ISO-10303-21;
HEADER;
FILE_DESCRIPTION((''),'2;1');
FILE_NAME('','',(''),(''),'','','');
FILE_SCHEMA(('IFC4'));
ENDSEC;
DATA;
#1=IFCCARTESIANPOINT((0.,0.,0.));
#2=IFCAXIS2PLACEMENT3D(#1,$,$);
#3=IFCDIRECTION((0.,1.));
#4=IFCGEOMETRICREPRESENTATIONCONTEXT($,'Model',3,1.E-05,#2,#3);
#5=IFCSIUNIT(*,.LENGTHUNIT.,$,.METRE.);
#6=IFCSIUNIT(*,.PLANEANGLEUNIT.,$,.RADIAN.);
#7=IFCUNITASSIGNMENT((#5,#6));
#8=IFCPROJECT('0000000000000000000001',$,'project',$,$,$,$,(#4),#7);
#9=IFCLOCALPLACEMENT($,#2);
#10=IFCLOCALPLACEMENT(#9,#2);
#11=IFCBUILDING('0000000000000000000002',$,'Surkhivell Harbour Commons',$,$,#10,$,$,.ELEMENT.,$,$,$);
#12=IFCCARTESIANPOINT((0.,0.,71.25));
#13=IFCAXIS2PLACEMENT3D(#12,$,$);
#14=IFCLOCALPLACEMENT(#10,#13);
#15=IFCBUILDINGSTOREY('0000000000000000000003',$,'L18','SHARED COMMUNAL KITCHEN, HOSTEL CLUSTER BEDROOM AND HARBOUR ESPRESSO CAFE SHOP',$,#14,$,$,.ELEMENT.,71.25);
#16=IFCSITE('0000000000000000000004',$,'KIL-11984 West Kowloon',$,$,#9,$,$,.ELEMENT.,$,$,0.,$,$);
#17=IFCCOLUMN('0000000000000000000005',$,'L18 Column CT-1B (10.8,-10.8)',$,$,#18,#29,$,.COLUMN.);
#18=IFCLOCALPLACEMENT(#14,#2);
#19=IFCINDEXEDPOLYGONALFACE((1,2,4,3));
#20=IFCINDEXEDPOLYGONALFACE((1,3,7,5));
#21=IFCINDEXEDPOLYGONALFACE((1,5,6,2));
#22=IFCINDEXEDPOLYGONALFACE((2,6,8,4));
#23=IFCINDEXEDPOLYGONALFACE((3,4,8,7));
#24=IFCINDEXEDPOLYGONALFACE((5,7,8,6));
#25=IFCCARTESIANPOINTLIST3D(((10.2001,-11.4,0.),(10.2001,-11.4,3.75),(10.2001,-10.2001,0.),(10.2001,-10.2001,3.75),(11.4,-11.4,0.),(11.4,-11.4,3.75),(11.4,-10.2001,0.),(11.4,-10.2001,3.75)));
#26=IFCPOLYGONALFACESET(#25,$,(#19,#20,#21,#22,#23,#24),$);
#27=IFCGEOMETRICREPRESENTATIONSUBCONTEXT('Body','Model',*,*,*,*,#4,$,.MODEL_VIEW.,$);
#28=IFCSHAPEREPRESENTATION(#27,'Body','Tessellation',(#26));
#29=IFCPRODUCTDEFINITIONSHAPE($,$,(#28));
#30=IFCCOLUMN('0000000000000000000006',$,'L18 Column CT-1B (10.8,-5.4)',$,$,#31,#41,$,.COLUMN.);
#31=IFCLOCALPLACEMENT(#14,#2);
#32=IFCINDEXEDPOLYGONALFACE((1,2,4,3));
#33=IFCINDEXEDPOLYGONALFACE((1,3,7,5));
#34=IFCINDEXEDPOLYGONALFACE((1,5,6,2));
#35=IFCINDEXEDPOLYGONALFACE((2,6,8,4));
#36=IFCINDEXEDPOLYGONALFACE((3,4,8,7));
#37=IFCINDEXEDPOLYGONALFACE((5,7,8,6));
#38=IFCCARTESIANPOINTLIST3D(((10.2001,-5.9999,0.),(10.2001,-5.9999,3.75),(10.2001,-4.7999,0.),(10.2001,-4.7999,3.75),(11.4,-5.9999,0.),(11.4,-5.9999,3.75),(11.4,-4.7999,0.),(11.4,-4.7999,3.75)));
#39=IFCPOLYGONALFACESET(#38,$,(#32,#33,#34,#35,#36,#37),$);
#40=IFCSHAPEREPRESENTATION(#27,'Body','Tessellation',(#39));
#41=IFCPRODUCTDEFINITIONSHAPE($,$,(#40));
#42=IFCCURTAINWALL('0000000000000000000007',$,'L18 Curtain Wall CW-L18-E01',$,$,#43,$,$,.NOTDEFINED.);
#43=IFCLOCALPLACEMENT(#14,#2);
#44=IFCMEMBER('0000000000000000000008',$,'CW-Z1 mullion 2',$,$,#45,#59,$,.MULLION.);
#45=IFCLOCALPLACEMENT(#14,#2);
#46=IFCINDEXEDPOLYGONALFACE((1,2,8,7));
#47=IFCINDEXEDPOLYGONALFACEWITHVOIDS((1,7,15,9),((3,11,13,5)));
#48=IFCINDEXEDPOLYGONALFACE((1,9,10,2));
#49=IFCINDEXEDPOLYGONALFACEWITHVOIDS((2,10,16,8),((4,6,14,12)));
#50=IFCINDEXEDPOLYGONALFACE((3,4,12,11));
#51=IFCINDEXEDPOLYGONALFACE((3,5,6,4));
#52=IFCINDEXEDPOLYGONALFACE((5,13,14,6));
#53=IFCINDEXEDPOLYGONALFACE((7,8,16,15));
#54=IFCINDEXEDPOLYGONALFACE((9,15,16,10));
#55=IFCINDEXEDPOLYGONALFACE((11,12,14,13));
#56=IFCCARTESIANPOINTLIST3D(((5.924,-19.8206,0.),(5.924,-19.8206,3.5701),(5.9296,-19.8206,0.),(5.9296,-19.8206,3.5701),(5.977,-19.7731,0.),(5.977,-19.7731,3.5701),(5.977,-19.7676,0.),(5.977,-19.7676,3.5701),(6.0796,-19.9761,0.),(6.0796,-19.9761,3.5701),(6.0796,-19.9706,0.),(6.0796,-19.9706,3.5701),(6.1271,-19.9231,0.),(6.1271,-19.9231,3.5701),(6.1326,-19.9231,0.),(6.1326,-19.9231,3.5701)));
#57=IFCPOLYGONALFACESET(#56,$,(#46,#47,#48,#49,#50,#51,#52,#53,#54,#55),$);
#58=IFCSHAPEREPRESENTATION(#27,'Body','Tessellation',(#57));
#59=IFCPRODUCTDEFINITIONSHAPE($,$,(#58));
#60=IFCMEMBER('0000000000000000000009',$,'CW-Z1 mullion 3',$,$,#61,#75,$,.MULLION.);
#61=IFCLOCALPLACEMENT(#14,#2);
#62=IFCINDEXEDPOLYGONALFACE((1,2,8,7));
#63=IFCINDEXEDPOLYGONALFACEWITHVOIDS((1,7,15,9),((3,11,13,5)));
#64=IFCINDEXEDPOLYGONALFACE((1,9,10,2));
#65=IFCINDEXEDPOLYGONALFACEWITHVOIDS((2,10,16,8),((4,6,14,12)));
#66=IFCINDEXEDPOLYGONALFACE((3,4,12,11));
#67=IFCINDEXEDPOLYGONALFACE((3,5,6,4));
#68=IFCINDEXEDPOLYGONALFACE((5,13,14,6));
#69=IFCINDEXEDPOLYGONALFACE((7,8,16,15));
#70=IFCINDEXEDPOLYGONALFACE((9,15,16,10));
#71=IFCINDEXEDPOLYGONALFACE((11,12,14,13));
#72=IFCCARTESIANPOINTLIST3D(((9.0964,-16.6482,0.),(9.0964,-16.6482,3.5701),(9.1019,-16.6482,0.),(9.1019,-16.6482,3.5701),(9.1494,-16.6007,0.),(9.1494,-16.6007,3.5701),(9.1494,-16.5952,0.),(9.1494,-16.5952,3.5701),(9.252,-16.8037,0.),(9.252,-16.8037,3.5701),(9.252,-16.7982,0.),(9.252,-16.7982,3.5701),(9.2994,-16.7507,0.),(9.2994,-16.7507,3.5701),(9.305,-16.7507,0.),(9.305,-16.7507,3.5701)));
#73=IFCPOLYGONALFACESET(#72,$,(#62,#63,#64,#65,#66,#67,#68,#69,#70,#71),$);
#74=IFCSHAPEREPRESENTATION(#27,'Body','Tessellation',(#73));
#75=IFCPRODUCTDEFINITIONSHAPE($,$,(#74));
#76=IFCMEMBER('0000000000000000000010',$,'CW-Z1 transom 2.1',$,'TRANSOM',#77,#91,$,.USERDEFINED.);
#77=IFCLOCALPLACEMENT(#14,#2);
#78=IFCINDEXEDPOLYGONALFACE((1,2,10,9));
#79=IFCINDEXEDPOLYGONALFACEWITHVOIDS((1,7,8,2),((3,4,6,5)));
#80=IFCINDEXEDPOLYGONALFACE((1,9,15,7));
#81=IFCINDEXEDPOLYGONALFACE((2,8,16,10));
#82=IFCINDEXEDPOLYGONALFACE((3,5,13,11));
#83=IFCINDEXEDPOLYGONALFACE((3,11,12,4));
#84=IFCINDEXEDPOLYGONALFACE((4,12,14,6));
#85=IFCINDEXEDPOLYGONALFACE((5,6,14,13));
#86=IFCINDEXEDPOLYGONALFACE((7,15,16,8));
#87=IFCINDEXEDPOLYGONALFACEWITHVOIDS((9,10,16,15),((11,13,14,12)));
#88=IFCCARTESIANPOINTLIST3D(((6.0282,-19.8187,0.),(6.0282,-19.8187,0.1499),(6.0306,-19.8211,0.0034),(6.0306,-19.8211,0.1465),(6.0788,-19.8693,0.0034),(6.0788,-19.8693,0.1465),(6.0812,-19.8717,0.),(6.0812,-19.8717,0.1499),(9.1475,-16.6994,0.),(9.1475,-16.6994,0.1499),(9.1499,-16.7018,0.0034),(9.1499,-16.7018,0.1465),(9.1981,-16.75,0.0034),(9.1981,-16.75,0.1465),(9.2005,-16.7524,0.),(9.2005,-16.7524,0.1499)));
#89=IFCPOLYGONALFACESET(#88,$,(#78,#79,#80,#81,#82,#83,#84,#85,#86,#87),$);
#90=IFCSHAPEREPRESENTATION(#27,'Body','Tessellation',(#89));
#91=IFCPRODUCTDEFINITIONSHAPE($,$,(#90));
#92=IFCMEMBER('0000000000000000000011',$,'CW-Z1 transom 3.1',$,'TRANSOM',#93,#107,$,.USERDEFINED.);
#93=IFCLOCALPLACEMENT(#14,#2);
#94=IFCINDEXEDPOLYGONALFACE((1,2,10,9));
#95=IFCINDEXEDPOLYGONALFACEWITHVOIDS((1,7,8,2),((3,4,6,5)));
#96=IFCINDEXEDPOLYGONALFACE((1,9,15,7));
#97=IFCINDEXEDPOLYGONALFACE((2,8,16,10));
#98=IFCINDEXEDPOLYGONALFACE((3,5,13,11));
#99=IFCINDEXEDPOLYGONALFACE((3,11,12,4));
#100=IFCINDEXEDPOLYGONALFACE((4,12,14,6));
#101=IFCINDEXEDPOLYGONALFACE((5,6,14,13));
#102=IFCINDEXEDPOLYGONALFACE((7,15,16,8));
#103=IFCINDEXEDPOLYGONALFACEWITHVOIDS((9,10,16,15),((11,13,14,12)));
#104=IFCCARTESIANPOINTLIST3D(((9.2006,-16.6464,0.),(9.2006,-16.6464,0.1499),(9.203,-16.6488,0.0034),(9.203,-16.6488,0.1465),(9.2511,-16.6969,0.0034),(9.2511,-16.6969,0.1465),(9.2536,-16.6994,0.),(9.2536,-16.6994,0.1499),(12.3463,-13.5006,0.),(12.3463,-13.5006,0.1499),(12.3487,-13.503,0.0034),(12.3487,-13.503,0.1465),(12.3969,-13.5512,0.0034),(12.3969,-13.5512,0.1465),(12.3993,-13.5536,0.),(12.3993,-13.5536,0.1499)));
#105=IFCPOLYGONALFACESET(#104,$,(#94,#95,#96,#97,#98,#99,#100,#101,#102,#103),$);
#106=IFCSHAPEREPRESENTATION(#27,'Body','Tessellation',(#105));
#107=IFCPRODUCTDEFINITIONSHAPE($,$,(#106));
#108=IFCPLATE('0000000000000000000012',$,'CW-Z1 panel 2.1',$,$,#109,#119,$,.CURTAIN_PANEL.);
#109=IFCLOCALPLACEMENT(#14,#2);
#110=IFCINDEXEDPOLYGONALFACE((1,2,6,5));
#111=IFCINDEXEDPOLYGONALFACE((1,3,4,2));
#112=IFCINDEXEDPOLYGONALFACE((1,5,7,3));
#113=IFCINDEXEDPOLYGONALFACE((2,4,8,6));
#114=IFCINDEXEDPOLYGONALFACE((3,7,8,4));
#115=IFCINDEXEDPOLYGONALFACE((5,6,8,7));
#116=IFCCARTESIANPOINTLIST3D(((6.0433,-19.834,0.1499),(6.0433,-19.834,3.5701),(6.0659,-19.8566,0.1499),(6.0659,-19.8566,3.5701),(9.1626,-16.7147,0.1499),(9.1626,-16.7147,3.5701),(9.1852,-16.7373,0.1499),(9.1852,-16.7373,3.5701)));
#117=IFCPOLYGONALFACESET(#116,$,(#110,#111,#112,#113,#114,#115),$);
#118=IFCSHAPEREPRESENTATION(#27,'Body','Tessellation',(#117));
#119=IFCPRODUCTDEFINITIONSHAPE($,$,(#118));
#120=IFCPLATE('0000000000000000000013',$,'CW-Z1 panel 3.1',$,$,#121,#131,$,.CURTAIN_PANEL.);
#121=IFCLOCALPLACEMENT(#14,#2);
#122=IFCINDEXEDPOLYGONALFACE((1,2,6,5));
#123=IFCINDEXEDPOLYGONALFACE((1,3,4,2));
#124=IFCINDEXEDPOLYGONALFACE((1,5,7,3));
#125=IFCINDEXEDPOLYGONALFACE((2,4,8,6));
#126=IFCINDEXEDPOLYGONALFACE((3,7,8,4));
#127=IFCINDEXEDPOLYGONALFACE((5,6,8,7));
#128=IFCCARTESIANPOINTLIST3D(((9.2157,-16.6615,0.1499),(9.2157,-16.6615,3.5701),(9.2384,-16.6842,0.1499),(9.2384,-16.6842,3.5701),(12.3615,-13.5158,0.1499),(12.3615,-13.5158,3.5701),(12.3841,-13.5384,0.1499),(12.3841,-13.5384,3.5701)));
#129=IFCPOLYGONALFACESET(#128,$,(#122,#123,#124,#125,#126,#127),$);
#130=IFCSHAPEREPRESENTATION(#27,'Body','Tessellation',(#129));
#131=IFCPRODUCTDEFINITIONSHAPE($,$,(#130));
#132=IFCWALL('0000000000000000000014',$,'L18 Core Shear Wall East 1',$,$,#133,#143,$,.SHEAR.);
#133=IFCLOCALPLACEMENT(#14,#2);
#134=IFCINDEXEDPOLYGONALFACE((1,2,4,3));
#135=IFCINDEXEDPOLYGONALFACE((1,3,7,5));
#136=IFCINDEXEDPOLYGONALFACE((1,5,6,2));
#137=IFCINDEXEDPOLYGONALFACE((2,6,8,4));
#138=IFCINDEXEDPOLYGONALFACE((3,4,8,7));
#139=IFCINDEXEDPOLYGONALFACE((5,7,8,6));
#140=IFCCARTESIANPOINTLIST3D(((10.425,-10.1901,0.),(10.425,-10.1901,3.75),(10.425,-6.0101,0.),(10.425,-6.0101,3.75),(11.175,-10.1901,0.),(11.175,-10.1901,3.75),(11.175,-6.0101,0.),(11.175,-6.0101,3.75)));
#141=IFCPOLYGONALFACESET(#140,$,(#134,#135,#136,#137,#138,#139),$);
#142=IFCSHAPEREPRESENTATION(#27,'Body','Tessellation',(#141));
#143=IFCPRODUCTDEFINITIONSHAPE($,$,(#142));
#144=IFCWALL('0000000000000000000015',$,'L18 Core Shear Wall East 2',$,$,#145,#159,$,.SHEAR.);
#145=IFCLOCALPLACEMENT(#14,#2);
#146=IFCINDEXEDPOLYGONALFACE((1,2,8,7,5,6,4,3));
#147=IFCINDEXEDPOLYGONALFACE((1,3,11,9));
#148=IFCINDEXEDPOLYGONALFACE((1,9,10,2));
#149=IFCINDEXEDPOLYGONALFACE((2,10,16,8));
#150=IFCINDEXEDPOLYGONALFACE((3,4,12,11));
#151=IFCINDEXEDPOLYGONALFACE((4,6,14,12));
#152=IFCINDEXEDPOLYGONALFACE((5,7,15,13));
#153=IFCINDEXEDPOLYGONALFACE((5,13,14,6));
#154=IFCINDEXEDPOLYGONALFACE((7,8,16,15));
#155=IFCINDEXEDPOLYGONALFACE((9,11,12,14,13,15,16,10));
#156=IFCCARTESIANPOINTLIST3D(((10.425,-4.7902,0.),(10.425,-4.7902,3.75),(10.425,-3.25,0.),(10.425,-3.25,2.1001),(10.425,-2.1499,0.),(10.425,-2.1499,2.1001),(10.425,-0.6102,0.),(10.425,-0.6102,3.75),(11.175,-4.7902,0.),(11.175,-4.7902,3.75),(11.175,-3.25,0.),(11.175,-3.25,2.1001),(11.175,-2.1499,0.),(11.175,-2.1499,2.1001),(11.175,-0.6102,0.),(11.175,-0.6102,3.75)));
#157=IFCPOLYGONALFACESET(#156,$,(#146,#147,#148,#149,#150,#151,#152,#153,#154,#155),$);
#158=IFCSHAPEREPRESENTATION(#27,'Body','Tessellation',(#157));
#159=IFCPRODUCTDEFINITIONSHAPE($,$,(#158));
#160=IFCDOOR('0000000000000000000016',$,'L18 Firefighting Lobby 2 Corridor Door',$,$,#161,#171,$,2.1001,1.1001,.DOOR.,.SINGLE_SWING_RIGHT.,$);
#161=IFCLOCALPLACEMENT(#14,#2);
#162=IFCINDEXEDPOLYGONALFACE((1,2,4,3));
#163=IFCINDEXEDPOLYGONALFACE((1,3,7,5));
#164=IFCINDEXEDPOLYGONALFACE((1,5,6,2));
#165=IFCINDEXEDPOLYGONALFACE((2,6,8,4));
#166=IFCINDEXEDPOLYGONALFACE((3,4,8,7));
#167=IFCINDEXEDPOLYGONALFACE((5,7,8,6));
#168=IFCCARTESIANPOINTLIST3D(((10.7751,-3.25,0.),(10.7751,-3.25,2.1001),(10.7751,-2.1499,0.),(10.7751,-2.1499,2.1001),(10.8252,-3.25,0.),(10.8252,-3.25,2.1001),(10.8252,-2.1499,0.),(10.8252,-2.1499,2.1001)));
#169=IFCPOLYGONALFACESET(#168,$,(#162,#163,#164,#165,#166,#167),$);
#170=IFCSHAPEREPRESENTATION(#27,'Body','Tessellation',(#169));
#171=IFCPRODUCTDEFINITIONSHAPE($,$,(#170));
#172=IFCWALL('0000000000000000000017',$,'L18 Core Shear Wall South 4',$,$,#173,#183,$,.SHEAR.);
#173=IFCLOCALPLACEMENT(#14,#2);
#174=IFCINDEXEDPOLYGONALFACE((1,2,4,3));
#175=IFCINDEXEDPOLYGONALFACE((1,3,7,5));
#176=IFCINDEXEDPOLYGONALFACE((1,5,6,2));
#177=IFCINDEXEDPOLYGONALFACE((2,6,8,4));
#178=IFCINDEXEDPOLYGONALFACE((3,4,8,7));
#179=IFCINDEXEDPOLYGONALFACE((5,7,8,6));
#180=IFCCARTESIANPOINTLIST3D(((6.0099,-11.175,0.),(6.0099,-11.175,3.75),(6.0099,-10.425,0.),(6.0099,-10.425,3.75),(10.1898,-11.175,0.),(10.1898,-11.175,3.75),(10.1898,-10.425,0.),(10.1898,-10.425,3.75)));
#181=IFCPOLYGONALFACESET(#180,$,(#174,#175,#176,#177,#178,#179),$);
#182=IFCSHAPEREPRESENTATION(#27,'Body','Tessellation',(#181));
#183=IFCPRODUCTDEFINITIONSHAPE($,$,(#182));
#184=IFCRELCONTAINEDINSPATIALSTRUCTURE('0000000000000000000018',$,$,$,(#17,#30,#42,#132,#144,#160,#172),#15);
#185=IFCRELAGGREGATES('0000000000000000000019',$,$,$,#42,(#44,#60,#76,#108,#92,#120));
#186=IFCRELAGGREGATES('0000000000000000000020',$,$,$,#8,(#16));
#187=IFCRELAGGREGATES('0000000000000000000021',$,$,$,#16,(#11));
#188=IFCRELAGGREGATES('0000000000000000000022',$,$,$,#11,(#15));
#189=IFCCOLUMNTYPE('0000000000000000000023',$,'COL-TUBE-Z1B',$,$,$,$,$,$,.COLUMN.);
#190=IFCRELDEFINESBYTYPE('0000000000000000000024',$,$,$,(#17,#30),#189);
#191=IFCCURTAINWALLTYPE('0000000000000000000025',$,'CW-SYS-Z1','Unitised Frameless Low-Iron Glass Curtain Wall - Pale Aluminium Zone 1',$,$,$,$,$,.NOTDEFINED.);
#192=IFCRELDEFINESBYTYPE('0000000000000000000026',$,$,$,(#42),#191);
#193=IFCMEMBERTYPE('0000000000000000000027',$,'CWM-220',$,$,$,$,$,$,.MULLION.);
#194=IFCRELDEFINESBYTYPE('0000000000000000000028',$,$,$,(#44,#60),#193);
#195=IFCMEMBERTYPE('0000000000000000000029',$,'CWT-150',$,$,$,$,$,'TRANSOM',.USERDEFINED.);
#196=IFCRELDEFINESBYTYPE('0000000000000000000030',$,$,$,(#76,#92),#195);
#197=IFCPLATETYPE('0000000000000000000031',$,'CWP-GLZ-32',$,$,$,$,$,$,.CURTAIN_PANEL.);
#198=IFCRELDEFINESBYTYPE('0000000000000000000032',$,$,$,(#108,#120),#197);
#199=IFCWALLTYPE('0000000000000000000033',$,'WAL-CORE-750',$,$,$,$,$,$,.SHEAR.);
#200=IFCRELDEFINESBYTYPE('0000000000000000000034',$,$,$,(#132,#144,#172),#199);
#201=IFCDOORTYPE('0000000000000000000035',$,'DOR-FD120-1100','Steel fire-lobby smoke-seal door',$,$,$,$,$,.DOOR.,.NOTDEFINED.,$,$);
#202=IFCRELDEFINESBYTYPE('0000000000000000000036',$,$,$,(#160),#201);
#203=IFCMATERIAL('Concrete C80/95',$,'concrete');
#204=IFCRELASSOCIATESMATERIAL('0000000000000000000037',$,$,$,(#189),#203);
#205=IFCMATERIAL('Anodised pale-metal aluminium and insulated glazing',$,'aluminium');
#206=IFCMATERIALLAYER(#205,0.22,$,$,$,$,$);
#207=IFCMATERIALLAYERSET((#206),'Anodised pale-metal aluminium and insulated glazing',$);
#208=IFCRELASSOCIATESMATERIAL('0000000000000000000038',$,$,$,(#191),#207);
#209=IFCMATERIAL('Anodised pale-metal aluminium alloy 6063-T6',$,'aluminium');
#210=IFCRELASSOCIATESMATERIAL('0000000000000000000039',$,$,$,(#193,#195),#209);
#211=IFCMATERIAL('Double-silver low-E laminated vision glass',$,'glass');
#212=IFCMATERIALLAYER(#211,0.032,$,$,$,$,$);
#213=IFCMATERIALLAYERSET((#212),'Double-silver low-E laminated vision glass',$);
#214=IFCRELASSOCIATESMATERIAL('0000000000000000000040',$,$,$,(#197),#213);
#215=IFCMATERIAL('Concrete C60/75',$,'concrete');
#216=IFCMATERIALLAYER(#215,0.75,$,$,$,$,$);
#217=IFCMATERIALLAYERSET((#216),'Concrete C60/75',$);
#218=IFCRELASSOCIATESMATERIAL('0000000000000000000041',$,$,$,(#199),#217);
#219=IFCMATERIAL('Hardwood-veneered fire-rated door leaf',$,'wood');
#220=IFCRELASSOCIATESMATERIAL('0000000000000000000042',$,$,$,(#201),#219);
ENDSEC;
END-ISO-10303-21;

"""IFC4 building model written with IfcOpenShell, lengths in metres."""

from ifc_helpers import new_model, si_unit, direction, frame, frame_2d, origin, origin_2d, place, context, subcontext, project, spatial, rectangle, hollow_rectangle, extrude, material, layer, layer_set, material_profile, profile_set, type_object, element, fill, aggregate, save


model = new_model("IFC4")

# Units and contexts
model_context = context("Model", 3, precision=1e-05, world=origin(), true_north=direction((0.0, 1.0)))
body_context = subcontext(model_context, "Body", "Model", "MODEL_VIEW")
ifc_project = project(units=[si_unit("LENGTHUNIT", "METRE"), si_unit("PLANEANGLEUNIT", "RADIAN")], contexts=[model_context])

# Site, building, storey
site_placement = place(None, origin())
site = spatial("IfcSite", under=ifc_project, at=site_placement, Name="KIL-11984 West Kowloon", CompositionType="ELEMENT", RefElevation=0.0)
building_placement = place(site_placement, origin())
building = spatial("IfcBuilding", under=site, at=building_placement, Name="Surkhivell Harbour Commons", CompositionType="ELEMENT")
storey_placement = place(building_placement, frame((0.0, 0.0, 71.25)))
storey = spatial("IfcBuildingStorey", under=building, at=storey_placement, Name="L18", Description="SHARED COMMUNAL KITCHEN, HOSTEL CLUSTER BEDROOM AND HARBOUR ESPRESSO CAFE SHOP", CompositionType="ELEMENT", Elevation=71.25)

# Columns
ifc_material_1 = material(Name="Concrete C80/95", Category="concrete")
ifc_material_profile_1 = material_profile(ifc_material_1, rectangle(XDim=1.2, YDim=1.2, at=origin_2d()), Name="RC-COL-1200x1200")
ifc_profile_set_1 = profile_set([ifc_material_profile_1], Name="Concrete C80/95")
column_type = type_object("IfcColumnType", Name="COL-TUBE-Z1B", PredefinedType="COLUMN", material=ifc_profile_set_1)
for number, where, z_axis, x_axis, name in (
    (1, (10.8, -10.8, 0.0), (0.0, 0.0, 1.0), (1.0, 0.0, 0.0), "L18 Column CT-1B (10.8,-10.8)"),
    (2, (10.8, -5.3999, 0.0), (0.0, 0.0, 1.0), (1.0, 0.0, 0.0), "L18 Column CT-1B (10.8,-5.4)"),
):
    element("IfcColumn", number, at=place(storey_placement, frame(where, z_axis=z_axis, x_axis=x_axis)), inside=storey, type_object=column_type, Name=name, PredefinedType="COLUMN", context=body_context, shape_type="SweptSolid", body=[
        extrude(rectangle(XDim=1.2, YDim=1.2, at=origin_2d()), origin(), (0.0, 0.0, 1.0), 3.75),
    ])

# Curtain wall, members, plates
ifc_material_2 = material(Name="Anodised pale-metal aluminium and insulated glazing", Category="aluminium")
ifc_layer_1 = layer(ifc_material_2, 0.22)
ifc_layer_set_1 = layer_set([ifc_layer_1], Name="Anodised pale-metal aluminium and insulated glazing")
curtain_wall_type = type_object("IfcCurtainWallType", Name="CW-SYS-Z1", Description="Unitised Frameless Low-Iron Glass Curtain Wall - Pale Aluminium Zone 1", PredefinedType="NOTDEFINED", material=ifc_layer_set_1)
curtain_wall_placement = place(storey_placement, origin())
curtain_wall = element("IfcCurtainWall", 3, at=curtain_wall_placement, inside=storey, type_object=curtain_wall_type, Name="L18 Curtain Wall CW-L18-E01", PredefinedType="NOTDEFINED")
ifc_material_3 = material(Name="Anodised pale-metal aluminium alloy 6063-T6", Category="aluminium")
ifc_material_profile_2 = material_profile(ifc_material_3, hollow_rectangle(XDim=0.075, YDim=0.22, WallThickness=0.0039, at=origin_2d()), Name="ALU-MULL-75x220")
ifc_profile_set_2 = profile_set([ifc_material_profile_2], Name="Anodised pale-metal aluminium alloy 6063-T6")
member_type_1 = type_object("IfcMemberType", Name="CWM-220", PredefinedType="MULLION", material=ifc_profile_set_2)
member_1_placement = place(storey_placement, frame((6.0283, -19.8718, 0.0), z_axis=(0.0, 0.0, 1.0), x_axis=(0.707107, 0.707107, 0.0)))
member_1 = element("IfcMember", 4, at=member_1_placement, type_object=member_type_1, Name="CW-Z1 mullion 2", PredefinedType="MULLION", context=body_context, shape_type="SweptSolid", body=[
    extrude(hollow_rectangle(XDim=0.075, YDim=0.22, WallThickness=0.0039, at=origin_2d()), origin(), (0.0, 0.0, 1.0), 3.5701),
])
member_2_placement = place(storey_placement, frame((9.2007, -16.6995, 0.0), z_axis=(0.0, 0.0, 1.0), x_axis=(0.707107, 0.707107, 0.0)))
member_2 = element("IfcMember", 5, at=member_2_placement, type_object=member_type_1, Name="CW-Z1 mullion 3", PredefinedType="MULLION", context=body_context, shape_type="SweptSolid", body=[
    extrude(hollow_rectangle(XDim=0.075, YDim=0.22, WallThickness=0.0039, at=origin_2d()), origin(), (0.0, 0.0, 1.0), 3.5701),
])
ifc_material_profile_3 = material_profile(ifc_material_3, hollow_rectangle(XDim=0.075, YDim=0.1499, WallThickness=0.0034, at=origin_2d()), Name="ALU-TRAN-75x150")
ifc_profile_set_3 = profile_set([ifc_material_profile_3], Name="Anodised pale-metal aluminium alloy 6063-T6")
member_type_2 = type_object("IfcMemberType", Name="CWT-150", ElementType="TRANSOM", PredefinedType="USERDEFINED", material=ifc_profile_set_3)
member_3_placement = place(storey_placement, frame((6.0547, -19.8452, 0.075), z_axis=(0.707107, 0.707107, 0.0), x_axis=(-0.707107, 0.707107, 0.0)))
member_3 = element("IfcMember", 6, at=member_3_placement, type_object=member_type_2, Name="CW-Z1 transom 2.1", ObjectType="TRANSOM", PredefinedType="USERDEFINED", context=body_context, shape_type="SweptSolid", body=[
    extrude(hollow_rectangle(XDim=0.075, YDim=0.1499, WallThickness=0.0034, at=origin_2d()), origin(), (0.0, 0.0, 1.0), 4.4114),
])
member_4_placement = place(storey_placement, frame((9.2271, -16.6729, 0.075), z_axis=(0.707107, 0.707107, 0.0), x_axis=(-0.707107, 0.707107, 0.0)))
member_4 = element("IfcMember", 7, at=member_4_placement, type_object=member_type_2, Name="CW-Z1 transom 3.1", ObjectType="TRANSOM", PredefinedType="USERDEFINED", context=body_context, shape_type="SweptSolid", body=[
    extrude(hollow_rectangle(XDim=0.075, YDim=0.1499, WallThickness=0.0034, at=origin_2d()), origin(), (0.0, 0.0, 1.0), 4.4487),
])
ifc_material_4 = material(Name="Double-silver low-E laminated vision glass", Category="glass")
ifc_layer_2 = layer(ifc_material_4, 0.032)
ifc_layer_set_2 = layer_set([ifc_layer_2], Name="Double-silver low-E laminated vision glass")
plate_type = type_object("IfcPlateType", Name="CWP-GLZ-32", PredefinedType="CURTAIN_PANEL", material=ifc_layer_set_2)
plate_1_placement = place(storey_placement, frame((6.0547, -19.8452, 0.1499), z_axis=(0.0, 0.0, 1.0), x_axis=(0.707107, 0.707107, 0.0)))
plate_1 = element("IfcPlate", 8, at=plate_1_placement, type_object=plate_type, Name="CW-Z1 panel 2.1", PredefinedType="CURTAIN_PANEL", context=body_context, shape_type="SweptSolid", body=[
    extrude(rectangle(XDim=4.4114, YDim=0.032, at=frame_2d((2.2056, 0.0))), origin(), (0.0, 0.0, 1.0), 3.4202),
])
plate_2_placement = place(storey_placement, frame((9.2271, -16.6729, 0.1499), z_axis=(0.0, 0.0, 1.0), x_axis=(0.707107, 0.707107, 0.0)))
plate_2 = element("IfcPlate", 9, at=plate_2_placement, type_object=plate_type, Name="CW-Z1 panel 3.1", PredefinedType="CURTAIN_PANEL", context=body_context, shape_type="SweptSolid", body=[
    extrude(rectangle(XDim=4.4487, YDim=0.032, at=frame_2d((2.2244, 0.0))), origin(), (0.0, 0.0, 1.0), 3.4202),
])
aggregate(curtain_wall, [member_1, member_2, member_3, plate_1, member_4, plate_2])

# Wall
ifc_material_5 = material(Name="Concrete C60/75", Category="concrete")
ifc_layer_3 = layer(ifc_material_5, 0.75)
ifc_layer_set_3 = layer_set([ifc_layer_3], Name="Concrete C60/75")
wall_type_1 = type_object("IfcWallType", Name="WAL-CORE-750", PredefinedType="SHEAR", material=ifc_layer_set_3)
wall_1_placement = place(storey_placement, frame((10.8, -10.1899, 0.0), z_axis=(0.0, 0.0, 1.0), x_axis=(0.0, 1.0, 0.0)))
element("IfcWall", 10, at=wall_1_placement, inside=storey, type_object=wall_type_1, Name="L18 Core Shear Wall East 1", PredefinedType="SHEAR", context=body_context, shape_type="SweptSolid", body=[
    extrude(rectangle(XDim=4.1799, YDim=0.75, at=frame_2d((2.0898, 0.0))), origin(), (0.0, 0.0, 1.0), 3.75),
])

# Wall, opening, door
wall_2_placement = place(storey_placement, frame((10.8, -4.79, 0.0), z_axis=(0.0, 0.0, 1.0), x_axis=(0.0, 1.0, 0.0)))
wall_2 = element("IfcWall", 11, at=wall_2_placement, inside=storey, type_object=wall_type_1, Name="L18 Core Shear Wall East 2", PredefinedType="SHEAR", context=body_context, shape_type="SweptSolid", body=[
    extrude(rectangle(XDim=4.1799, YDim=0.75, at=frame_2d((2.0898, 0.0))), origin(), (0.0, 0.0, 1.0), 3.75),
])
opening_1_placement = place(wall_2_placement, frame((1.54, 0.0, 0.0)))
opening_1 = element("IfcOpeningElement", 12, at=opening_1_placement, cuts=wall_2, PredefinedType="OPENING", context=body_context, shape_type="SweptSolid", body=[
    extrude(rectangle(XDim=1.1001, YDim=2.1001, at=frame_2d((0.55, 1.05))), frame((0.0, 0.385, 0.0), z_axis=(0.0, -1.0, 0.0), x_axis=(1.0, 0.0, 0.0)), (0.0, 0.0, 1.0), 0.77),
])
ifc_material_6 = material(Name="Hardwood-veneered fire-rated door leaf", Category="wood")
door_type_1 = type_object("IfcDoorType", Name="DOR-FD120-1100", Description="Steel fire-lobby smoke-seal door", OperationType="NOTDEFINED", PredefinedType="DOOR", material=ifc_material_6)
door_1_placement = place(opening_1_placement, origin())
door_1 = element("IfcDoor", 13, at=door_1_placement, inside=storey, type_object=door_type_1, Name="L18 Firefighting Lobby 2 Corridor Door", OperationType="SINGLE_SWING_RIGHT", OverallHeight=2.1001, OverallWidth=1.1001, PredefinedType="DOOR", context=body_context, shape_type="SweptSolid", body=[
    extrude(rectangle(XDim=1.1001, YDim=2.1001, at=frame_2d((0.55, 1.05))), frame((0.0, 0.0249, 0.0), z_axis=(0.0, -1.0, 0.0), x_axis=(1.0, 0.0, 0.0)), (0.0, 0.0, 1.0), 0.05),
])
fill(opening_1, door_1)

# Wall
wall_3_placement = place(storey_placement, frame((6.01, -10.8, 0.0), z_axis=(0.0, 0.0, 1.0), x_axis=(1.0, 0.0, 0.0)))
element("IfcWall", 14, at=wall_3_placement, inside=storey, type_object=wall_type_1, Name="L18 Core Shear Wall South 4", PredefinedType="SHEAR", context=body_context, shape_type="SweptSolid", body=[
    extrude(rectangle(XDim=4.1799, YDim=0.75, at=frame_2d((2.0898, 0.0))), origin(), (0.0, 0.0, 1.0), 3.75),
])

save(model, "model.ifc")
